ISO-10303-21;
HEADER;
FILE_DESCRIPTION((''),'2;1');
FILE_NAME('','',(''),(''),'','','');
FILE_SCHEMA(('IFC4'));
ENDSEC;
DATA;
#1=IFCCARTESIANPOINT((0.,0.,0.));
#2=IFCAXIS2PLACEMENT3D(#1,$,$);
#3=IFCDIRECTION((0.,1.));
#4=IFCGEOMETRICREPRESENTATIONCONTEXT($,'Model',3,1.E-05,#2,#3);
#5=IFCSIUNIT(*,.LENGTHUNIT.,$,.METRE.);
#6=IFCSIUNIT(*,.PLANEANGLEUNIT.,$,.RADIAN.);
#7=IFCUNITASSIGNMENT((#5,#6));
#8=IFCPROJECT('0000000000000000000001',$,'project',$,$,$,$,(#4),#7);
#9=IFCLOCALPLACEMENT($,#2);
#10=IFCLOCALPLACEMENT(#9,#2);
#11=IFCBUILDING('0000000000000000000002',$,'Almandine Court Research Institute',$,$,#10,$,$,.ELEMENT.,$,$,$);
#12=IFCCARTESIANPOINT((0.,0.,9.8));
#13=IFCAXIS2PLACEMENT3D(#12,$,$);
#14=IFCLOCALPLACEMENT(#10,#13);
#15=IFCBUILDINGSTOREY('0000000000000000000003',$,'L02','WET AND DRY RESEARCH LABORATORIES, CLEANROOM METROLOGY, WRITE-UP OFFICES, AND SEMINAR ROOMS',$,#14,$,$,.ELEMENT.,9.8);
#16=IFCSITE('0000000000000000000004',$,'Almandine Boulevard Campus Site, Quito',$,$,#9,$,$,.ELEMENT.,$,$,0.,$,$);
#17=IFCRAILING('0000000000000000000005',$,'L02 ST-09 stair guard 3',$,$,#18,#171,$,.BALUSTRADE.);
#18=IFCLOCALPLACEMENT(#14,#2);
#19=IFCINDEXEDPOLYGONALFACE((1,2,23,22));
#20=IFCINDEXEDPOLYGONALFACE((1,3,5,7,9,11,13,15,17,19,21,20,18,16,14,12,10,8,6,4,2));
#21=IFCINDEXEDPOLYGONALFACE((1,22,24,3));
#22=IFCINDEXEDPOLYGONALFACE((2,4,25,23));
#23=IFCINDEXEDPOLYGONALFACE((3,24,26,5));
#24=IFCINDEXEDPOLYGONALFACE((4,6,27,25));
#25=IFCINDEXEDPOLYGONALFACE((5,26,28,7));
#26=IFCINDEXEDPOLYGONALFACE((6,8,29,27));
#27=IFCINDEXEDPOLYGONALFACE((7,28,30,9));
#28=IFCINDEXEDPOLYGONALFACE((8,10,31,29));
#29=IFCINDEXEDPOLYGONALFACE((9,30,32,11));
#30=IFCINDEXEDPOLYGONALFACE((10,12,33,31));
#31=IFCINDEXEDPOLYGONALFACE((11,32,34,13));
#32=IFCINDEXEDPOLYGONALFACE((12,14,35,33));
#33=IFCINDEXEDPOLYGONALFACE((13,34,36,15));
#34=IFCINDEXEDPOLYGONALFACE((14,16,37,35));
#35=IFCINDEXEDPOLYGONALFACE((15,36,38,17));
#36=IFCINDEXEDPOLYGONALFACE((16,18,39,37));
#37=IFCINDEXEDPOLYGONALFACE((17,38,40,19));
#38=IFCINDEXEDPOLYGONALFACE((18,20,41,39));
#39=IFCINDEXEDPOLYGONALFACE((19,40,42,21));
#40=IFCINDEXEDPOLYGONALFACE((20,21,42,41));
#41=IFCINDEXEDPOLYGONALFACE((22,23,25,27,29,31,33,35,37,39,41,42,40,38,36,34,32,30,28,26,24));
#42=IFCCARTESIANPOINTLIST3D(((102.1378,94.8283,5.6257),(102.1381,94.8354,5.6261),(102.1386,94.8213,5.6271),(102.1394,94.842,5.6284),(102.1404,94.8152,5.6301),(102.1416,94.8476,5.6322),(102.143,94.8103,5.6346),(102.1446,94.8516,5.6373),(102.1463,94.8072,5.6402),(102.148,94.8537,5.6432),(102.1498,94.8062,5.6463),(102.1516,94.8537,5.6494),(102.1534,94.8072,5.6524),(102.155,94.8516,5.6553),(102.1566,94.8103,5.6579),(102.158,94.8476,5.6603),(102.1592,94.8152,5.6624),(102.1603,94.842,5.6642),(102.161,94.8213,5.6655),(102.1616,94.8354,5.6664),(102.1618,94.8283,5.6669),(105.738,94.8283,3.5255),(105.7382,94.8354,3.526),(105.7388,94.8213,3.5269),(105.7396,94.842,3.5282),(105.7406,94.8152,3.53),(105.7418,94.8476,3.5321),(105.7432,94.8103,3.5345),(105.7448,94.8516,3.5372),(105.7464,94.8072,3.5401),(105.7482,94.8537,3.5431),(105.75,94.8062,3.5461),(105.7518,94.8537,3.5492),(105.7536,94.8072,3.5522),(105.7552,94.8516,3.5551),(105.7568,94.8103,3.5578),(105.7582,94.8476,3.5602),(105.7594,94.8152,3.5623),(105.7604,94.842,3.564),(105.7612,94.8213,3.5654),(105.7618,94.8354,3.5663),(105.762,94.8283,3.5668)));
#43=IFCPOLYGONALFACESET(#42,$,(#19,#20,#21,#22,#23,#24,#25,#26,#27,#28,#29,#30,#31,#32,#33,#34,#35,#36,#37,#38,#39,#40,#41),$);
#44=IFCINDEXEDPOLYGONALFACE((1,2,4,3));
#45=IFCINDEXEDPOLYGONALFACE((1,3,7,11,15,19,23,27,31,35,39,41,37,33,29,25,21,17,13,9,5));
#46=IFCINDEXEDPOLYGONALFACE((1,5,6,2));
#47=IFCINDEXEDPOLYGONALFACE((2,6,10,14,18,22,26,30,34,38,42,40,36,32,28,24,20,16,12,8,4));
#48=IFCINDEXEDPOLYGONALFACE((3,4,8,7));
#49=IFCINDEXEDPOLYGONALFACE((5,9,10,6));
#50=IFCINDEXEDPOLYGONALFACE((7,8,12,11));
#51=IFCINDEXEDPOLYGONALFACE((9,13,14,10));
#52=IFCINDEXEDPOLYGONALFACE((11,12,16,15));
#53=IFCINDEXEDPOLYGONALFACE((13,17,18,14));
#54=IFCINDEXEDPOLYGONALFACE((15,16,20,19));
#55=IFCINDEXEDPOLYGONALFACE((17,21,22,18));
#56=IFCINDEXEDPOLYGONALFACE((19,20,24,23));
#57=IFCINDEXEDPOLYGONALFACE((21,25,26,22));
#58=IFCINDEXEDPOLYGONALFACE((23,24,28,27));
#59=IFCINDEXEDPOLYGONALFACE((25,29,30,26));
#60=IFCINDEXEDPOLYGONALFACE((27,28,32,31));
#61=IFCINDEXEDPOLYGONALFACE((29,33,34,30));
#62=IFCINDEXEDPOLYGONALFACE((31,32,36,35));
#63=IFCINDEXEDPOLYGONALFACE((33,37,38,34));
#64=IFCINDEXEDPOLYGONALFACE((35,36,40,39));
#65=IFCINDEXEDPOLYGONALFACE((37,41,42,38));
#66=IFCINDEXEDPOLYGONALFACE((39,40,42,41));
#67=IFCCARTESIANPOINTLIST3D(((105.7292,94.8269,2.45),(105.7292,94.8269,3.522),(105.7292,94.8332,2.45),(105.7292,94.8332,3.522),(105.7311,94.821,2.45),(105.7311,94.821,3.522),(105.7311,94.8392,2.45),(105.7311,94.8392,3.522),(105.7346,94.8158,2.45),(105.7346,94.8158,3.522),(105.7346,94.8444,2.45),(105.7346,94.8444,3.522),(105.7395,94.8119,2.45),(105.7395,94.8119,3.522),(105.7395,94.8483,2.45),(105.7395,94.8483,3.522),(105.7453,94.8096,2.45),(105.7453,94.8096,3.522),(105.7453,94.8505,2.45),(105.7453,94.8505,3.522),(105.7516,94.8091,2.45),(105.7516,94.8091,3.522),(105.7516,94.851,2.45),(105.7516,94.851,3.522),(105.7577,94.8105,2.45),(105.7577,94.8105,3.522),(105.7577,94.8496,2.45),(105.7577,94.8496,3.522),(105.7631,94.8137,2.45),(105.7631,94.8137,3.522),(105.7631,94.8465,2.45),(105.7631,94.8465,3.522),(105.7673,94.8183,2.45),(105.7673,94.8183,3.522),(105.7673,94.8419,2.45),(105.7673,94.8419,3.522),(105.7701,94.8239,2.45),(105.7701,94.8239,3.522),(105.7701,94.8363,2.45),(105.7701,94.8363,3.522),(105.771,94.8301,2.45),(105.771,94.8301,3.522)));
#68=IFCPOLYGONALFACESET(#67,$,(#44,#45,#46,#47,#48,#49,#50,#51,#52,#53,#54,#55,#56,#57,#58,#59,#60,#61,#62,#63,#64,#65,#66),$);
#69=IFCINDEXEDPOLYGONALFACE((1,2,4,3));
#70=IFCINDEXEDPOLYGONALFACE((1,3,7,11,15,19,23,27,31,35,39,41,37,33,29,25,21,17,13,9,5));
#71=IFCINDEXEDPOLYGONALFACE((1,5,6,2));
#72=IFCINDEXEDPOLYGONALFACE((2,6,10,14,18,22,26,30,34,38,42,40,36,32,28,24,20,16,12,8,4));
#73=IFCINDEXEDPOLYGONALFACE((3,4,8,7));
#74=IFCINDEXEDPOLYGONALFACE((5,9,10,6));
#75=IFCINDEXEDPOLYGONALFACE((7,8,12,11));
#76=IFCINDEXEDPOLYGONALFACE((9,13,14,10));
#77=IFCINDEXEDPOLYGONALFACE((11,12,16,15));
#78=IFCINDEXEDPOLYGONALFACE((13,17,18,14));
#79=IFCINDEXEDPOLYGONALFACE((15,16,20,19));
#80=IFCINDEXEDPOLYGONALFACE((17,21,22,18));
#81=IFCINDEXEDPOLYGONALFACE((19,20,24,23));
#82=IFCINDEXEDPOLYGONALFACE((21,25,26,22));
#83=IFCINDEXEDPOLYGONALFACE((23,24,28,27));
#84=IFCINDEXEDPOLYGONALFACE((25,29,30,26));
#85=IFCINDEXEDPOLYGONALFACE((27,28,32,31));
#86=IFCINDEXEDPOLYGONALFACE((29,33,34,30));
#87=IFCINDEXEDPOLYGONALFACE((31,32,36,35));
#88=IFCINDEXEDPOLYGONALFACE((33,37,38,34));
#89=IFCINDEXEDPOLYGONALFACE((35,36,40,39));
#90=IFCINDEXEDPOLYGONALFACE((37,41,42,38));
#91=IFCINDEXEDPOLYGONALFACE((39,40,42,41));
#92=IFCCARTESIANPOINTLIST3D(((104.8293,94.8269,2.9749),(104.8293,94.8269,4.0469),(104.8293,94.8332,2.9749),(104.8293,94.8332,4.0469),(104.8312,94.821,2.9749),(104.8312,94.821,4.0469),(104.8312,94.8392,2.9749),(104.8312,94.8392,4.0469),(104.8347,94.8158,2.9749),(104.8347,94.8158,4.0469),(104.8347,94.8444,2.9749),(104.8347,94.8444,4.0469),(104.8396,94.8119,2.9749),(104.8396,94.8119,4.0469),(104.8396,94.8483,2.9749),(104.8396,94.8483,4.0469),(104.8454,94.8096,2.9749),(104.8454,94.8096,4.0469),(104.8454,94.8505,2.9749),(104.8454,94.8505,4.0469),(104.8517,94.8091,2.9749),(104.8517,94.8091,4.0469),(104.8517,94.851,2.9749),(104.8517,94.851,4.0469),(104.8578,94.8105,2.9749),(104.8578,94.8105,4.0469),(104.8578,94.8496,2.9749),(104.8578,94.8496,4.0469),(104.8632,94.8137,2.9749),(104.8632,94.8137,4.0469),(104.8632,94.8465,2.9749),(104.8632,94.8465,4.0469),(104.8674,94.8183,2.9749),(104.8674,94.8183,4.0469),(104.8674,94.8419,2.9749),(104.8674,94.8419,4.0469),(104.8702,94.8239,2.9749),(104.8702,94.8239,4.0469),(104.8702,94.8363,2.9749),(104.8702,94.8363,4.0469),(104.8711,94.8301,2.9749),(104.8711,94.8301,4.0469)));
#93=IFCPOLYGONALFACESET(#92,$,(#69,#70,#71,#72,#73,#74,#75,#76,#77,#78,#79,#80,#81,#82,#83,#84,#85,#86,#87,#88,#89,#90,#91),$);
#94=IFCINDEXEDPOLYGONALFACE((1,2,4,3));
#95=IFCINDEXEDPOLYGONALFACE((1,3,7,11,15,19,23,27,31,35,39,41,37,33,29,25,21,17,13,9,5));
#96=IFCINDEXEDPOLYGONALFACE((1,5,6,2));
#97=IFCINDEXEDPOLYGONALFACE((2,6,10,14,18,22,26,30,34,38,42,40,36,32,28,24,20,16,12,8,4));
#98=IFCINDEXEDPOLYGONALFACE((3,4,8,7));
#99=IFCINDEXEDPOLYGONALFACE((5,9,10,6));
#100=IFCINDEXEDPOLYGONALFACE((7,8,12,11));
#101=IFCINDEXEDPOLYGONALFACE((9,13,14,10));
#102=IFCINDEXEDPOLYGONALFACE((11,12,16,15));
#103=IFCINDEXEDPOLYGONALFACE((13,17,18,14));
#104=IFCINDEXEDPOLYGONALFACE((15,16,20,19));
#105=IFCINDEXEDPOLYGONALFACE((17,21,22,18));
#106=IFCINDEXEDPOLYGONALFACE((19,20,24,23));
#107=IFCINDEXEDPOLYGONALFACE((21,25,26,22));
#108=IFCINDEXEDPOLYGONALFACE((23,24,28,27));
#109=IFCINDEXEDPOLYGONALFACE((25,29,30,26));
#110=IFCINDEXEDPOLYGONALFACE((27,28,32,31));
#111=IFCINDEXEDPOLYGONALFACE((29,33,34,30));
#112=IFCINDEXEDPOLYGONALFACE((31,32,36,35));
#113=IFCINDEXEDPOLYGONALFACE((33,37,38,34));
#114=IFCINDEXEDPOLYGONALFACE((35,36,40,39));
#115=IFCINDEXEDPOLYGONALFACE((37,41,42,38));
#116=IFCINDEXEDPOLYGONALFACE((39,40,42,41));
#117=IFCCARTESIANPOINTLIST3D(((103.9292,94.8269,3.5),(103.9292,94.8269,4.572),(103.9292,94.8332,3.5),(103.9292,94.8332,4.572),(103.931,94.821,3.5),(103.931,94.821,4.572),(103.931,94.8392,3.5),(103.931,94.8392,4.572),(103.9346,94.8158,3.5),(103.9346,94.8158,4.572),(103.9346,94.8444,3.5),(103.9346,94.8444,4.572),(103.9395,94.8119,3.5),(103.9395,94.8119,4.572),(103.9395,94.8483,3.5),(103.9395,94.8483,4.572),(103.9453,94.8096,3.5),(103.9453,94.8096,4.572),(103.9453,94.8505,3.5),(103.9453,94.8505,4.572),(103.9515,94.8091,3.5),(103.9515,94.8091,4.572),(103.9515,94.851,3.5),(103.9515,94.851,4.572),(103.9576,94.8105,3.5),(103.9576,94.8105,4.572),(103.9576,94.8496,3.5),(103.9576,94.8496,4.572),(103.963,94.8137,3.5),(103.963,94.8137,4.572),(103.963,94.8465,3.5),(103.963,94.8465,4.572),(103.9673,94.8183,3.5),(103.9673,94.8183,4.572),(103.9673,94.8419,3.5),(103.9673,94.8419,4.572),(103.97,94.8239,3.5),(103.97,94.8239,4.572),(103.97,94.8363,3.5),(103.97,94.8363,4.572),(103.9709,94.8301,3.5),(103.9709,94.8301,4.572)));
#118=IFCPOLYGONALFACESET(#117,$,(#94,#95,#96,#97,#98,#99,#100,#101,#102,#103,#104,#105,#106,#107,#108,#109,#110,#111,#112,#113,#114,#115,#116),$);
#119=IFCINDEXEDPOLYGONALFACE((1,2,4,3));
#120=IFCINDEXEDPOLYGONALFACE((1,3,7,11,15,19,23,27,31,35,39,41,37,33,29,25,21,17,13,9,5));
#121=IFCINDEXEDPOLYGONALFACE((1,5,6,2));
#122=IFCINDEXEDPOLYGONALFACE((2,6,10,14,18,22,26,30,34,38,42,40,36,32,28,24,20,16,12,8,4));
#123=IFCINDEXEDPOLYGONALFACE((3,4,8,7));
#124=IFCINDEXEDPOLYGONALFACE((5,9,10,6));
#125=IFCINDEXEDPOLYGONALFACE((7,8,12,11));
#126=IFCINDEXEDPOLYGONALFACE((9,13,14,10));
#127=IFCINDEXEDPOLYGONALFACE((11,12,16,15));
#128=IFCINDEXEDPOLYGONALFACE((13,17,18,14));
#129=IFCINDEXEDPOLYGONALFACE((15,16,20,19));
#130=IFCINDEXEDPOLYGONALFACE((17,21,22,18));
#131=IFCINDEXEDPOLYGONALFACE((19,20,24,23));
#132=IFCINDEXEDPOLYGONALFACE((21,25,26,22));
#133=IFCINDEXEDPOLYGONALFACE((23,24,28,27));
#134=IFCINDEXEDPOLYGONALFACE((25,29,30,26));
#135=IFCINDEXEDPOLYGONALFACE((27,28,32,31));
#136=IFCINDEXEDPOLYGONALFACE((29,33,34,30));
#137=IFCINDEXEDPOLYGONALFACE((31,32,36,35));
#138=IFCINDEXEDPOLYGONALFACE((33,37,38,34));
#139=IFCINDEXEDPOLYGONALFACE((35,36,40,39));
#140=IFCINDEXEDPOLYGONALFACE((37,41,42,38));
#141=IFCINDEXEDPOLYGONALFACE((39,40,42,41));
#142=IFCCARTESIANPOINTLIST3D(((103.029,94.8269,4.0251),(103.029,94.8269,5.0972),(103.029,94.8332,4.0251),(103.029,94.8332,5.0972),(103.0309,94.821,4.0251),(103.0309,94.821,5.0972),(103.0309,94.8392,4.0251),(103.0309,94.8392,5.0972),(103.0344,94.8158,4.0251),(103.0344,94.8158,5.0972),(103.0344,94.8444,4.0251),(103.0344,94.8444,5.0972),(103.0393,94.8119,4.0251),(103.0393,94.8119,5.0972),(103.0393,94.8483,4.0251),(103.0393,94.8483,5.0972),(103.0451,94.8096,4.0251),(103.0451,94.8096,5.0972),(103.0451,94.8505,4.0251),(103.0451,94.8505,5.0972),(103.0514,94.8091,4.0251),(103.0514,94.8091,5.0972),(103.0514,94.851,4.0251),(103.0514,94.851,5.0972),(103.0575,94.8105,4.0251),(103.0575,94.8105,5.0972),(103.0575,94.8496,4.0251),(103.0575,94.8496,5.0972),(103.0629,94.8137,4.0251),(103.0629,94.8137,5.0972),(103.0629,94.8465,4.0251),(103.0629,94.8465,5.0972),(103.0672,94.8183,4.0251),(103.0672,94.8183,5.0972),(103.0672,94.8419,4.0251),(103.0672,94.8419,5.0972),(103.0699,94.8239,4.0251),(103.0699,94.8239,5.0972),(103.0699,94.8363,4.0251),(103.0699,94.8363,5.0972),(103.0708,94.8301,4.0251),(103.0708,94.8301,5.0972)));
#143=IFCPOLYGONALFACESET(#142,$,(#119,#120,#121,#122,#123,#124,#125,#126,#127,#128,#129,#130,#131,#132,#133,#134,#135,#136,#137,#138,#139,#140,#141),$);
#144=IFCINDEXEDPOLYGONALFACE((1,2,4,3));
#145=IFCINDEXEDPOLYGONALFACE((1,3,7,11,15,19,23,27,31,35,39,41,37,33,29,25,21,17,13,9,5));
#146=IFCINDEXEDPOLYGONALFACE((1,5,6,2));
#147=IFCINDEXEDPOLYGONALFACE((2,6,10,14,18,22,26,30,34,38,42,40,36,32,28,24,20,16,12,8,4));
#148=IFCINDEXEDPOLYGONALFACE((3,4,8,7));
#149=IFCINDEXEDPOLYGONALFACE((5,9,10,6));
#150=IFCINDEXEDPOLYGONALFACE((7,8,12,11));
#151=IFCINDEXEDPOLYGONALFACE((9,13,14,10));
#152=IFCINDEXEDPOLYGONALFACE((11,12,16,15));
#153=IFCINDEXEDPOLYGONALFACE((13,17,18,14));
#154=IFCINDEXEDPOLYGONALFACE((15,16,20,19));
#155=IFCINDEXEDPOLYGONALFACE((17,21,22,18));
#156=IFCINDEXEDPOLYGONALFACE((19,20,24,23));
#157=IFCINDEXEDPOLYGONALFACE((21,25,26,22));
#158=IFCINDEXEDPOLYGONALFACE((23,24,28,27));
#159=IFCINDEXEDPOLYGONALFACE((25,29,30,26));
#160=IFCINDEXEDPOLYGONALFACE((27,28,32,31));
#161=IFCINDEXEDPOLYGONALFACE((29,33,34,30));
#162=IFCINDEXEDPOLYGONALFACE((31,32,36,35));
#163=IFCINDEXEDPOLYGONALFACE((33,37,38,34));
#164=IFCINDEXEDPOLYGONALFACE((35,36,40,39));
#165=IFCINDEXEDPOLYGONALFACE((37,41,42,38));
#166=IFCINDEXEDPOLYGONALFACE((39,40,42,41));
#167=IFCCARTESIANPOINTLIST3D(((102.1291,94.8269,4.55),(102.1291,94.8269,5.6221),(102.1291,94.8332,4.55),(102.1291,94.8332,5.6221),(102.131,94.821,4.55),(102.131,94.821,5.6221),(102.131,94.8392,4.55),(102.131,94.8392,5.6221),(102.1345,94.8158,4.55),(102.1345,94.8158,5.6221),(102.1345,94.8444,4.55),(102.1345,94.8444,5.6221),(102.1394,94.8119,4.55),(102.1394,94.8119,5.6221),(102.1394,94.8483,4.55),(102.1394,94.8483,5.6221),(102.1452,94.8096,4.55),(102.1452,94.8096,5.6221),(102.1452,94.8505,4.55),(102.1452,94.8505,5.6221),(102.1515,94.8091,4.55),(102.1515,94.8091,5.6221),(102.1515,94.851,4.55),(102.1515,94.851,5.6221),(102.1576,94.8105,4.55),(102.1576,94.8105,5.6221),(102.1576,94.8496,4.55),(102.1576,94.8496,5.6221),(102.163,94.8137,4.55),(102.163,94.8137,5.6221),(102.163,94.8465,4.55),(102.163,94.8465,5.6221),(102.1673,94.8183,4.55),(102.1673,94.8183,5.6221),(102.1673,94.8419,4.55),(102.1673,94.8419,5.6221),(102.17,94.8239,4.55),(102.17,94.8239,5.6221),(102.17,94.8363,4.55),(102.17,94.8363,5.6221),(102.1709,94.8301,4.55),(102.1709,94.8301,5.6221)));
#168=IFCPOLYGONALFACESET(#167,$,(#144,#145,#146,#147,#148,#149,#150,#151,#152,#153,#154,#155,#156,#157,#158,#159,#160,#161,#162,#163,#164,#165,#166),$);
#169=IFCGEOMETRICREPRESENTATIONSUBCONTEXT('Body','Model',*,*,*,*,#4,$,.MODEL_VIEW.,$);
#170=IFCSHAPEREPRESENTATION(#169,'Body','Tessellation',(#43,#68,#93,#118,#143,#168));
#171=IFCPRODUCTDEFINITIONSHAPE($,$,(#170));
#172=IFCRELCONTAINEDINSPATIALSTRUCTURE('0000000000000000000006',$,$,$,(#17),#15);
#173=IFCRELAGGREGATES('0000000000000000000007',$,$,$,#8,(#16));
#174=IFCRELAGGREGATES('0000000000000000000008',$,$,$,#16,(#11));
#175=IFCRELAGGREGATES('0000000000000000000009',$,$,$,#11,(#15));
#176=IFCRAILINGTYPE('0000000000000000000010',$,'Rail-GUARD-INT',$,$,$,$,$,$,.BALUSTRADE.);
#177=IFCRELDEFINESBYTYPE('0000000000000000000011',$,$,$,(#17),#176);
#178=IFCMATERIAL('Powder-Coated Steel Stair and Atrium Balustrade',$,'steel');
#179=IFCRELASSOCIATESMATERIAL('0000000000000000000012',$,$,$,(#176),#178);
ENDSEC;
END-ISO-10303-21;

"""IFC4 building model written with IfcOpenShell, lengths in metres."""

from ifc_helpers import new_model, si_unit, direction, frame, origin, origin_2d, place, context, subcontext, project, spatial, circle, extrude, material, type_object, element, save


model = new_model("IFC4")

# Units and contexts
model_context = context("Model", 3, precision=1e-05, world=origin(), true_north=direction((0.0, 1.0)))
body_context = subcontext(model_context, "Body", "Model", "MODEL_VIEW")
ifc_project = project(units=[si_unit("LENGTHUNIT", "METRE"), si_unit("PLANEANGLEUNIT", "RADIAN")], contexts=[model_context])

# Site, building, storey
site_placement = place(None, origin())
site = spatial("IfcSite", under=ifc_project, at=site_placement, Name="Almandine Boulevard Campus Site, Quito", CompositionType="ELEMENT", RefElevation=0.0)
building_placement = place(site_placement, origin())
building = spatial("IfcBuilding", under=site, at=building_placement, Name="Almandine Court Research Institute", CompositionType="ELEMENT")
storey_placement = place(building_placement, frame((0.0, 0.0, 9.8)))
storey = spatial("IfcBuildingStorey", under=building, at=storey_placement, Name="L02", Description="WET AND DRY RESEARCH LABORATORIES, CLEANROOM METROLOGY, WRITE-UP OFFICES, AND SEMINAR ROOMS", CompositionType="ELEMENT", Elevation=9.8)

# Railing
ifc_material_1 = material(Name="Powder-Coated Steel Stair and Atrium Balustrade", Category="steel")
railing_type_1 = type_object("IfcRailingType", Name="Rail-GUARD-INT", PredefinedType="BALUSTRADE", material=ifc_material_1)
railing_1_placement = place(storey_placement, frame((105.75, 94.8301, 2.45)))
element("IfcRailing", 1, at=railing_1_placement, inside=storey, type_object=railing_type_1, Name="L02 ST-09 stair guard 3", PredefinedType="BALUSTRADE", context=body_context, shape_type="SweptSolid", body=[
    extrude(circle(Radius=0.0239, at=origin_2d()), frame((0.0, 0.0, 1.0962), z_axis=(-0.863775, 0.0, 0.503878), x_axis=(0.0, -1.0, 0.0)), (0.0, 0.0, 1.0), 4.168),
    extrude(circle(Radius=0.021, at=origin_2d()), origin(), (0.0, 0.0, 1.0), 1.072),
    extrude(circle(Radius=0.021, at=origin_2d()), frame((-0.8999, 0.0, 0.5249)), (0.0, 0.0, 1.0), 1.072),
    extrude(circle(Radius=0.021, at=origin_2d()), frame((-1.8, 0.0, 1.05)), (0.0, 0.0, 1.0), 1.072),
    extrude(circle(Radius=0.021, at=origin_2d()), frame((-2.7002, 0.0, 1.5752)), (0.0, 0.0, 1.0), 1.072),
    extrude(circle(Radius=0.021, at=origin_2d()), frame((-3.6001, 0.0, 2.1001)), (0.0, 0.0, 1.0), 1.072),
])

save(model, "model.ifc")
